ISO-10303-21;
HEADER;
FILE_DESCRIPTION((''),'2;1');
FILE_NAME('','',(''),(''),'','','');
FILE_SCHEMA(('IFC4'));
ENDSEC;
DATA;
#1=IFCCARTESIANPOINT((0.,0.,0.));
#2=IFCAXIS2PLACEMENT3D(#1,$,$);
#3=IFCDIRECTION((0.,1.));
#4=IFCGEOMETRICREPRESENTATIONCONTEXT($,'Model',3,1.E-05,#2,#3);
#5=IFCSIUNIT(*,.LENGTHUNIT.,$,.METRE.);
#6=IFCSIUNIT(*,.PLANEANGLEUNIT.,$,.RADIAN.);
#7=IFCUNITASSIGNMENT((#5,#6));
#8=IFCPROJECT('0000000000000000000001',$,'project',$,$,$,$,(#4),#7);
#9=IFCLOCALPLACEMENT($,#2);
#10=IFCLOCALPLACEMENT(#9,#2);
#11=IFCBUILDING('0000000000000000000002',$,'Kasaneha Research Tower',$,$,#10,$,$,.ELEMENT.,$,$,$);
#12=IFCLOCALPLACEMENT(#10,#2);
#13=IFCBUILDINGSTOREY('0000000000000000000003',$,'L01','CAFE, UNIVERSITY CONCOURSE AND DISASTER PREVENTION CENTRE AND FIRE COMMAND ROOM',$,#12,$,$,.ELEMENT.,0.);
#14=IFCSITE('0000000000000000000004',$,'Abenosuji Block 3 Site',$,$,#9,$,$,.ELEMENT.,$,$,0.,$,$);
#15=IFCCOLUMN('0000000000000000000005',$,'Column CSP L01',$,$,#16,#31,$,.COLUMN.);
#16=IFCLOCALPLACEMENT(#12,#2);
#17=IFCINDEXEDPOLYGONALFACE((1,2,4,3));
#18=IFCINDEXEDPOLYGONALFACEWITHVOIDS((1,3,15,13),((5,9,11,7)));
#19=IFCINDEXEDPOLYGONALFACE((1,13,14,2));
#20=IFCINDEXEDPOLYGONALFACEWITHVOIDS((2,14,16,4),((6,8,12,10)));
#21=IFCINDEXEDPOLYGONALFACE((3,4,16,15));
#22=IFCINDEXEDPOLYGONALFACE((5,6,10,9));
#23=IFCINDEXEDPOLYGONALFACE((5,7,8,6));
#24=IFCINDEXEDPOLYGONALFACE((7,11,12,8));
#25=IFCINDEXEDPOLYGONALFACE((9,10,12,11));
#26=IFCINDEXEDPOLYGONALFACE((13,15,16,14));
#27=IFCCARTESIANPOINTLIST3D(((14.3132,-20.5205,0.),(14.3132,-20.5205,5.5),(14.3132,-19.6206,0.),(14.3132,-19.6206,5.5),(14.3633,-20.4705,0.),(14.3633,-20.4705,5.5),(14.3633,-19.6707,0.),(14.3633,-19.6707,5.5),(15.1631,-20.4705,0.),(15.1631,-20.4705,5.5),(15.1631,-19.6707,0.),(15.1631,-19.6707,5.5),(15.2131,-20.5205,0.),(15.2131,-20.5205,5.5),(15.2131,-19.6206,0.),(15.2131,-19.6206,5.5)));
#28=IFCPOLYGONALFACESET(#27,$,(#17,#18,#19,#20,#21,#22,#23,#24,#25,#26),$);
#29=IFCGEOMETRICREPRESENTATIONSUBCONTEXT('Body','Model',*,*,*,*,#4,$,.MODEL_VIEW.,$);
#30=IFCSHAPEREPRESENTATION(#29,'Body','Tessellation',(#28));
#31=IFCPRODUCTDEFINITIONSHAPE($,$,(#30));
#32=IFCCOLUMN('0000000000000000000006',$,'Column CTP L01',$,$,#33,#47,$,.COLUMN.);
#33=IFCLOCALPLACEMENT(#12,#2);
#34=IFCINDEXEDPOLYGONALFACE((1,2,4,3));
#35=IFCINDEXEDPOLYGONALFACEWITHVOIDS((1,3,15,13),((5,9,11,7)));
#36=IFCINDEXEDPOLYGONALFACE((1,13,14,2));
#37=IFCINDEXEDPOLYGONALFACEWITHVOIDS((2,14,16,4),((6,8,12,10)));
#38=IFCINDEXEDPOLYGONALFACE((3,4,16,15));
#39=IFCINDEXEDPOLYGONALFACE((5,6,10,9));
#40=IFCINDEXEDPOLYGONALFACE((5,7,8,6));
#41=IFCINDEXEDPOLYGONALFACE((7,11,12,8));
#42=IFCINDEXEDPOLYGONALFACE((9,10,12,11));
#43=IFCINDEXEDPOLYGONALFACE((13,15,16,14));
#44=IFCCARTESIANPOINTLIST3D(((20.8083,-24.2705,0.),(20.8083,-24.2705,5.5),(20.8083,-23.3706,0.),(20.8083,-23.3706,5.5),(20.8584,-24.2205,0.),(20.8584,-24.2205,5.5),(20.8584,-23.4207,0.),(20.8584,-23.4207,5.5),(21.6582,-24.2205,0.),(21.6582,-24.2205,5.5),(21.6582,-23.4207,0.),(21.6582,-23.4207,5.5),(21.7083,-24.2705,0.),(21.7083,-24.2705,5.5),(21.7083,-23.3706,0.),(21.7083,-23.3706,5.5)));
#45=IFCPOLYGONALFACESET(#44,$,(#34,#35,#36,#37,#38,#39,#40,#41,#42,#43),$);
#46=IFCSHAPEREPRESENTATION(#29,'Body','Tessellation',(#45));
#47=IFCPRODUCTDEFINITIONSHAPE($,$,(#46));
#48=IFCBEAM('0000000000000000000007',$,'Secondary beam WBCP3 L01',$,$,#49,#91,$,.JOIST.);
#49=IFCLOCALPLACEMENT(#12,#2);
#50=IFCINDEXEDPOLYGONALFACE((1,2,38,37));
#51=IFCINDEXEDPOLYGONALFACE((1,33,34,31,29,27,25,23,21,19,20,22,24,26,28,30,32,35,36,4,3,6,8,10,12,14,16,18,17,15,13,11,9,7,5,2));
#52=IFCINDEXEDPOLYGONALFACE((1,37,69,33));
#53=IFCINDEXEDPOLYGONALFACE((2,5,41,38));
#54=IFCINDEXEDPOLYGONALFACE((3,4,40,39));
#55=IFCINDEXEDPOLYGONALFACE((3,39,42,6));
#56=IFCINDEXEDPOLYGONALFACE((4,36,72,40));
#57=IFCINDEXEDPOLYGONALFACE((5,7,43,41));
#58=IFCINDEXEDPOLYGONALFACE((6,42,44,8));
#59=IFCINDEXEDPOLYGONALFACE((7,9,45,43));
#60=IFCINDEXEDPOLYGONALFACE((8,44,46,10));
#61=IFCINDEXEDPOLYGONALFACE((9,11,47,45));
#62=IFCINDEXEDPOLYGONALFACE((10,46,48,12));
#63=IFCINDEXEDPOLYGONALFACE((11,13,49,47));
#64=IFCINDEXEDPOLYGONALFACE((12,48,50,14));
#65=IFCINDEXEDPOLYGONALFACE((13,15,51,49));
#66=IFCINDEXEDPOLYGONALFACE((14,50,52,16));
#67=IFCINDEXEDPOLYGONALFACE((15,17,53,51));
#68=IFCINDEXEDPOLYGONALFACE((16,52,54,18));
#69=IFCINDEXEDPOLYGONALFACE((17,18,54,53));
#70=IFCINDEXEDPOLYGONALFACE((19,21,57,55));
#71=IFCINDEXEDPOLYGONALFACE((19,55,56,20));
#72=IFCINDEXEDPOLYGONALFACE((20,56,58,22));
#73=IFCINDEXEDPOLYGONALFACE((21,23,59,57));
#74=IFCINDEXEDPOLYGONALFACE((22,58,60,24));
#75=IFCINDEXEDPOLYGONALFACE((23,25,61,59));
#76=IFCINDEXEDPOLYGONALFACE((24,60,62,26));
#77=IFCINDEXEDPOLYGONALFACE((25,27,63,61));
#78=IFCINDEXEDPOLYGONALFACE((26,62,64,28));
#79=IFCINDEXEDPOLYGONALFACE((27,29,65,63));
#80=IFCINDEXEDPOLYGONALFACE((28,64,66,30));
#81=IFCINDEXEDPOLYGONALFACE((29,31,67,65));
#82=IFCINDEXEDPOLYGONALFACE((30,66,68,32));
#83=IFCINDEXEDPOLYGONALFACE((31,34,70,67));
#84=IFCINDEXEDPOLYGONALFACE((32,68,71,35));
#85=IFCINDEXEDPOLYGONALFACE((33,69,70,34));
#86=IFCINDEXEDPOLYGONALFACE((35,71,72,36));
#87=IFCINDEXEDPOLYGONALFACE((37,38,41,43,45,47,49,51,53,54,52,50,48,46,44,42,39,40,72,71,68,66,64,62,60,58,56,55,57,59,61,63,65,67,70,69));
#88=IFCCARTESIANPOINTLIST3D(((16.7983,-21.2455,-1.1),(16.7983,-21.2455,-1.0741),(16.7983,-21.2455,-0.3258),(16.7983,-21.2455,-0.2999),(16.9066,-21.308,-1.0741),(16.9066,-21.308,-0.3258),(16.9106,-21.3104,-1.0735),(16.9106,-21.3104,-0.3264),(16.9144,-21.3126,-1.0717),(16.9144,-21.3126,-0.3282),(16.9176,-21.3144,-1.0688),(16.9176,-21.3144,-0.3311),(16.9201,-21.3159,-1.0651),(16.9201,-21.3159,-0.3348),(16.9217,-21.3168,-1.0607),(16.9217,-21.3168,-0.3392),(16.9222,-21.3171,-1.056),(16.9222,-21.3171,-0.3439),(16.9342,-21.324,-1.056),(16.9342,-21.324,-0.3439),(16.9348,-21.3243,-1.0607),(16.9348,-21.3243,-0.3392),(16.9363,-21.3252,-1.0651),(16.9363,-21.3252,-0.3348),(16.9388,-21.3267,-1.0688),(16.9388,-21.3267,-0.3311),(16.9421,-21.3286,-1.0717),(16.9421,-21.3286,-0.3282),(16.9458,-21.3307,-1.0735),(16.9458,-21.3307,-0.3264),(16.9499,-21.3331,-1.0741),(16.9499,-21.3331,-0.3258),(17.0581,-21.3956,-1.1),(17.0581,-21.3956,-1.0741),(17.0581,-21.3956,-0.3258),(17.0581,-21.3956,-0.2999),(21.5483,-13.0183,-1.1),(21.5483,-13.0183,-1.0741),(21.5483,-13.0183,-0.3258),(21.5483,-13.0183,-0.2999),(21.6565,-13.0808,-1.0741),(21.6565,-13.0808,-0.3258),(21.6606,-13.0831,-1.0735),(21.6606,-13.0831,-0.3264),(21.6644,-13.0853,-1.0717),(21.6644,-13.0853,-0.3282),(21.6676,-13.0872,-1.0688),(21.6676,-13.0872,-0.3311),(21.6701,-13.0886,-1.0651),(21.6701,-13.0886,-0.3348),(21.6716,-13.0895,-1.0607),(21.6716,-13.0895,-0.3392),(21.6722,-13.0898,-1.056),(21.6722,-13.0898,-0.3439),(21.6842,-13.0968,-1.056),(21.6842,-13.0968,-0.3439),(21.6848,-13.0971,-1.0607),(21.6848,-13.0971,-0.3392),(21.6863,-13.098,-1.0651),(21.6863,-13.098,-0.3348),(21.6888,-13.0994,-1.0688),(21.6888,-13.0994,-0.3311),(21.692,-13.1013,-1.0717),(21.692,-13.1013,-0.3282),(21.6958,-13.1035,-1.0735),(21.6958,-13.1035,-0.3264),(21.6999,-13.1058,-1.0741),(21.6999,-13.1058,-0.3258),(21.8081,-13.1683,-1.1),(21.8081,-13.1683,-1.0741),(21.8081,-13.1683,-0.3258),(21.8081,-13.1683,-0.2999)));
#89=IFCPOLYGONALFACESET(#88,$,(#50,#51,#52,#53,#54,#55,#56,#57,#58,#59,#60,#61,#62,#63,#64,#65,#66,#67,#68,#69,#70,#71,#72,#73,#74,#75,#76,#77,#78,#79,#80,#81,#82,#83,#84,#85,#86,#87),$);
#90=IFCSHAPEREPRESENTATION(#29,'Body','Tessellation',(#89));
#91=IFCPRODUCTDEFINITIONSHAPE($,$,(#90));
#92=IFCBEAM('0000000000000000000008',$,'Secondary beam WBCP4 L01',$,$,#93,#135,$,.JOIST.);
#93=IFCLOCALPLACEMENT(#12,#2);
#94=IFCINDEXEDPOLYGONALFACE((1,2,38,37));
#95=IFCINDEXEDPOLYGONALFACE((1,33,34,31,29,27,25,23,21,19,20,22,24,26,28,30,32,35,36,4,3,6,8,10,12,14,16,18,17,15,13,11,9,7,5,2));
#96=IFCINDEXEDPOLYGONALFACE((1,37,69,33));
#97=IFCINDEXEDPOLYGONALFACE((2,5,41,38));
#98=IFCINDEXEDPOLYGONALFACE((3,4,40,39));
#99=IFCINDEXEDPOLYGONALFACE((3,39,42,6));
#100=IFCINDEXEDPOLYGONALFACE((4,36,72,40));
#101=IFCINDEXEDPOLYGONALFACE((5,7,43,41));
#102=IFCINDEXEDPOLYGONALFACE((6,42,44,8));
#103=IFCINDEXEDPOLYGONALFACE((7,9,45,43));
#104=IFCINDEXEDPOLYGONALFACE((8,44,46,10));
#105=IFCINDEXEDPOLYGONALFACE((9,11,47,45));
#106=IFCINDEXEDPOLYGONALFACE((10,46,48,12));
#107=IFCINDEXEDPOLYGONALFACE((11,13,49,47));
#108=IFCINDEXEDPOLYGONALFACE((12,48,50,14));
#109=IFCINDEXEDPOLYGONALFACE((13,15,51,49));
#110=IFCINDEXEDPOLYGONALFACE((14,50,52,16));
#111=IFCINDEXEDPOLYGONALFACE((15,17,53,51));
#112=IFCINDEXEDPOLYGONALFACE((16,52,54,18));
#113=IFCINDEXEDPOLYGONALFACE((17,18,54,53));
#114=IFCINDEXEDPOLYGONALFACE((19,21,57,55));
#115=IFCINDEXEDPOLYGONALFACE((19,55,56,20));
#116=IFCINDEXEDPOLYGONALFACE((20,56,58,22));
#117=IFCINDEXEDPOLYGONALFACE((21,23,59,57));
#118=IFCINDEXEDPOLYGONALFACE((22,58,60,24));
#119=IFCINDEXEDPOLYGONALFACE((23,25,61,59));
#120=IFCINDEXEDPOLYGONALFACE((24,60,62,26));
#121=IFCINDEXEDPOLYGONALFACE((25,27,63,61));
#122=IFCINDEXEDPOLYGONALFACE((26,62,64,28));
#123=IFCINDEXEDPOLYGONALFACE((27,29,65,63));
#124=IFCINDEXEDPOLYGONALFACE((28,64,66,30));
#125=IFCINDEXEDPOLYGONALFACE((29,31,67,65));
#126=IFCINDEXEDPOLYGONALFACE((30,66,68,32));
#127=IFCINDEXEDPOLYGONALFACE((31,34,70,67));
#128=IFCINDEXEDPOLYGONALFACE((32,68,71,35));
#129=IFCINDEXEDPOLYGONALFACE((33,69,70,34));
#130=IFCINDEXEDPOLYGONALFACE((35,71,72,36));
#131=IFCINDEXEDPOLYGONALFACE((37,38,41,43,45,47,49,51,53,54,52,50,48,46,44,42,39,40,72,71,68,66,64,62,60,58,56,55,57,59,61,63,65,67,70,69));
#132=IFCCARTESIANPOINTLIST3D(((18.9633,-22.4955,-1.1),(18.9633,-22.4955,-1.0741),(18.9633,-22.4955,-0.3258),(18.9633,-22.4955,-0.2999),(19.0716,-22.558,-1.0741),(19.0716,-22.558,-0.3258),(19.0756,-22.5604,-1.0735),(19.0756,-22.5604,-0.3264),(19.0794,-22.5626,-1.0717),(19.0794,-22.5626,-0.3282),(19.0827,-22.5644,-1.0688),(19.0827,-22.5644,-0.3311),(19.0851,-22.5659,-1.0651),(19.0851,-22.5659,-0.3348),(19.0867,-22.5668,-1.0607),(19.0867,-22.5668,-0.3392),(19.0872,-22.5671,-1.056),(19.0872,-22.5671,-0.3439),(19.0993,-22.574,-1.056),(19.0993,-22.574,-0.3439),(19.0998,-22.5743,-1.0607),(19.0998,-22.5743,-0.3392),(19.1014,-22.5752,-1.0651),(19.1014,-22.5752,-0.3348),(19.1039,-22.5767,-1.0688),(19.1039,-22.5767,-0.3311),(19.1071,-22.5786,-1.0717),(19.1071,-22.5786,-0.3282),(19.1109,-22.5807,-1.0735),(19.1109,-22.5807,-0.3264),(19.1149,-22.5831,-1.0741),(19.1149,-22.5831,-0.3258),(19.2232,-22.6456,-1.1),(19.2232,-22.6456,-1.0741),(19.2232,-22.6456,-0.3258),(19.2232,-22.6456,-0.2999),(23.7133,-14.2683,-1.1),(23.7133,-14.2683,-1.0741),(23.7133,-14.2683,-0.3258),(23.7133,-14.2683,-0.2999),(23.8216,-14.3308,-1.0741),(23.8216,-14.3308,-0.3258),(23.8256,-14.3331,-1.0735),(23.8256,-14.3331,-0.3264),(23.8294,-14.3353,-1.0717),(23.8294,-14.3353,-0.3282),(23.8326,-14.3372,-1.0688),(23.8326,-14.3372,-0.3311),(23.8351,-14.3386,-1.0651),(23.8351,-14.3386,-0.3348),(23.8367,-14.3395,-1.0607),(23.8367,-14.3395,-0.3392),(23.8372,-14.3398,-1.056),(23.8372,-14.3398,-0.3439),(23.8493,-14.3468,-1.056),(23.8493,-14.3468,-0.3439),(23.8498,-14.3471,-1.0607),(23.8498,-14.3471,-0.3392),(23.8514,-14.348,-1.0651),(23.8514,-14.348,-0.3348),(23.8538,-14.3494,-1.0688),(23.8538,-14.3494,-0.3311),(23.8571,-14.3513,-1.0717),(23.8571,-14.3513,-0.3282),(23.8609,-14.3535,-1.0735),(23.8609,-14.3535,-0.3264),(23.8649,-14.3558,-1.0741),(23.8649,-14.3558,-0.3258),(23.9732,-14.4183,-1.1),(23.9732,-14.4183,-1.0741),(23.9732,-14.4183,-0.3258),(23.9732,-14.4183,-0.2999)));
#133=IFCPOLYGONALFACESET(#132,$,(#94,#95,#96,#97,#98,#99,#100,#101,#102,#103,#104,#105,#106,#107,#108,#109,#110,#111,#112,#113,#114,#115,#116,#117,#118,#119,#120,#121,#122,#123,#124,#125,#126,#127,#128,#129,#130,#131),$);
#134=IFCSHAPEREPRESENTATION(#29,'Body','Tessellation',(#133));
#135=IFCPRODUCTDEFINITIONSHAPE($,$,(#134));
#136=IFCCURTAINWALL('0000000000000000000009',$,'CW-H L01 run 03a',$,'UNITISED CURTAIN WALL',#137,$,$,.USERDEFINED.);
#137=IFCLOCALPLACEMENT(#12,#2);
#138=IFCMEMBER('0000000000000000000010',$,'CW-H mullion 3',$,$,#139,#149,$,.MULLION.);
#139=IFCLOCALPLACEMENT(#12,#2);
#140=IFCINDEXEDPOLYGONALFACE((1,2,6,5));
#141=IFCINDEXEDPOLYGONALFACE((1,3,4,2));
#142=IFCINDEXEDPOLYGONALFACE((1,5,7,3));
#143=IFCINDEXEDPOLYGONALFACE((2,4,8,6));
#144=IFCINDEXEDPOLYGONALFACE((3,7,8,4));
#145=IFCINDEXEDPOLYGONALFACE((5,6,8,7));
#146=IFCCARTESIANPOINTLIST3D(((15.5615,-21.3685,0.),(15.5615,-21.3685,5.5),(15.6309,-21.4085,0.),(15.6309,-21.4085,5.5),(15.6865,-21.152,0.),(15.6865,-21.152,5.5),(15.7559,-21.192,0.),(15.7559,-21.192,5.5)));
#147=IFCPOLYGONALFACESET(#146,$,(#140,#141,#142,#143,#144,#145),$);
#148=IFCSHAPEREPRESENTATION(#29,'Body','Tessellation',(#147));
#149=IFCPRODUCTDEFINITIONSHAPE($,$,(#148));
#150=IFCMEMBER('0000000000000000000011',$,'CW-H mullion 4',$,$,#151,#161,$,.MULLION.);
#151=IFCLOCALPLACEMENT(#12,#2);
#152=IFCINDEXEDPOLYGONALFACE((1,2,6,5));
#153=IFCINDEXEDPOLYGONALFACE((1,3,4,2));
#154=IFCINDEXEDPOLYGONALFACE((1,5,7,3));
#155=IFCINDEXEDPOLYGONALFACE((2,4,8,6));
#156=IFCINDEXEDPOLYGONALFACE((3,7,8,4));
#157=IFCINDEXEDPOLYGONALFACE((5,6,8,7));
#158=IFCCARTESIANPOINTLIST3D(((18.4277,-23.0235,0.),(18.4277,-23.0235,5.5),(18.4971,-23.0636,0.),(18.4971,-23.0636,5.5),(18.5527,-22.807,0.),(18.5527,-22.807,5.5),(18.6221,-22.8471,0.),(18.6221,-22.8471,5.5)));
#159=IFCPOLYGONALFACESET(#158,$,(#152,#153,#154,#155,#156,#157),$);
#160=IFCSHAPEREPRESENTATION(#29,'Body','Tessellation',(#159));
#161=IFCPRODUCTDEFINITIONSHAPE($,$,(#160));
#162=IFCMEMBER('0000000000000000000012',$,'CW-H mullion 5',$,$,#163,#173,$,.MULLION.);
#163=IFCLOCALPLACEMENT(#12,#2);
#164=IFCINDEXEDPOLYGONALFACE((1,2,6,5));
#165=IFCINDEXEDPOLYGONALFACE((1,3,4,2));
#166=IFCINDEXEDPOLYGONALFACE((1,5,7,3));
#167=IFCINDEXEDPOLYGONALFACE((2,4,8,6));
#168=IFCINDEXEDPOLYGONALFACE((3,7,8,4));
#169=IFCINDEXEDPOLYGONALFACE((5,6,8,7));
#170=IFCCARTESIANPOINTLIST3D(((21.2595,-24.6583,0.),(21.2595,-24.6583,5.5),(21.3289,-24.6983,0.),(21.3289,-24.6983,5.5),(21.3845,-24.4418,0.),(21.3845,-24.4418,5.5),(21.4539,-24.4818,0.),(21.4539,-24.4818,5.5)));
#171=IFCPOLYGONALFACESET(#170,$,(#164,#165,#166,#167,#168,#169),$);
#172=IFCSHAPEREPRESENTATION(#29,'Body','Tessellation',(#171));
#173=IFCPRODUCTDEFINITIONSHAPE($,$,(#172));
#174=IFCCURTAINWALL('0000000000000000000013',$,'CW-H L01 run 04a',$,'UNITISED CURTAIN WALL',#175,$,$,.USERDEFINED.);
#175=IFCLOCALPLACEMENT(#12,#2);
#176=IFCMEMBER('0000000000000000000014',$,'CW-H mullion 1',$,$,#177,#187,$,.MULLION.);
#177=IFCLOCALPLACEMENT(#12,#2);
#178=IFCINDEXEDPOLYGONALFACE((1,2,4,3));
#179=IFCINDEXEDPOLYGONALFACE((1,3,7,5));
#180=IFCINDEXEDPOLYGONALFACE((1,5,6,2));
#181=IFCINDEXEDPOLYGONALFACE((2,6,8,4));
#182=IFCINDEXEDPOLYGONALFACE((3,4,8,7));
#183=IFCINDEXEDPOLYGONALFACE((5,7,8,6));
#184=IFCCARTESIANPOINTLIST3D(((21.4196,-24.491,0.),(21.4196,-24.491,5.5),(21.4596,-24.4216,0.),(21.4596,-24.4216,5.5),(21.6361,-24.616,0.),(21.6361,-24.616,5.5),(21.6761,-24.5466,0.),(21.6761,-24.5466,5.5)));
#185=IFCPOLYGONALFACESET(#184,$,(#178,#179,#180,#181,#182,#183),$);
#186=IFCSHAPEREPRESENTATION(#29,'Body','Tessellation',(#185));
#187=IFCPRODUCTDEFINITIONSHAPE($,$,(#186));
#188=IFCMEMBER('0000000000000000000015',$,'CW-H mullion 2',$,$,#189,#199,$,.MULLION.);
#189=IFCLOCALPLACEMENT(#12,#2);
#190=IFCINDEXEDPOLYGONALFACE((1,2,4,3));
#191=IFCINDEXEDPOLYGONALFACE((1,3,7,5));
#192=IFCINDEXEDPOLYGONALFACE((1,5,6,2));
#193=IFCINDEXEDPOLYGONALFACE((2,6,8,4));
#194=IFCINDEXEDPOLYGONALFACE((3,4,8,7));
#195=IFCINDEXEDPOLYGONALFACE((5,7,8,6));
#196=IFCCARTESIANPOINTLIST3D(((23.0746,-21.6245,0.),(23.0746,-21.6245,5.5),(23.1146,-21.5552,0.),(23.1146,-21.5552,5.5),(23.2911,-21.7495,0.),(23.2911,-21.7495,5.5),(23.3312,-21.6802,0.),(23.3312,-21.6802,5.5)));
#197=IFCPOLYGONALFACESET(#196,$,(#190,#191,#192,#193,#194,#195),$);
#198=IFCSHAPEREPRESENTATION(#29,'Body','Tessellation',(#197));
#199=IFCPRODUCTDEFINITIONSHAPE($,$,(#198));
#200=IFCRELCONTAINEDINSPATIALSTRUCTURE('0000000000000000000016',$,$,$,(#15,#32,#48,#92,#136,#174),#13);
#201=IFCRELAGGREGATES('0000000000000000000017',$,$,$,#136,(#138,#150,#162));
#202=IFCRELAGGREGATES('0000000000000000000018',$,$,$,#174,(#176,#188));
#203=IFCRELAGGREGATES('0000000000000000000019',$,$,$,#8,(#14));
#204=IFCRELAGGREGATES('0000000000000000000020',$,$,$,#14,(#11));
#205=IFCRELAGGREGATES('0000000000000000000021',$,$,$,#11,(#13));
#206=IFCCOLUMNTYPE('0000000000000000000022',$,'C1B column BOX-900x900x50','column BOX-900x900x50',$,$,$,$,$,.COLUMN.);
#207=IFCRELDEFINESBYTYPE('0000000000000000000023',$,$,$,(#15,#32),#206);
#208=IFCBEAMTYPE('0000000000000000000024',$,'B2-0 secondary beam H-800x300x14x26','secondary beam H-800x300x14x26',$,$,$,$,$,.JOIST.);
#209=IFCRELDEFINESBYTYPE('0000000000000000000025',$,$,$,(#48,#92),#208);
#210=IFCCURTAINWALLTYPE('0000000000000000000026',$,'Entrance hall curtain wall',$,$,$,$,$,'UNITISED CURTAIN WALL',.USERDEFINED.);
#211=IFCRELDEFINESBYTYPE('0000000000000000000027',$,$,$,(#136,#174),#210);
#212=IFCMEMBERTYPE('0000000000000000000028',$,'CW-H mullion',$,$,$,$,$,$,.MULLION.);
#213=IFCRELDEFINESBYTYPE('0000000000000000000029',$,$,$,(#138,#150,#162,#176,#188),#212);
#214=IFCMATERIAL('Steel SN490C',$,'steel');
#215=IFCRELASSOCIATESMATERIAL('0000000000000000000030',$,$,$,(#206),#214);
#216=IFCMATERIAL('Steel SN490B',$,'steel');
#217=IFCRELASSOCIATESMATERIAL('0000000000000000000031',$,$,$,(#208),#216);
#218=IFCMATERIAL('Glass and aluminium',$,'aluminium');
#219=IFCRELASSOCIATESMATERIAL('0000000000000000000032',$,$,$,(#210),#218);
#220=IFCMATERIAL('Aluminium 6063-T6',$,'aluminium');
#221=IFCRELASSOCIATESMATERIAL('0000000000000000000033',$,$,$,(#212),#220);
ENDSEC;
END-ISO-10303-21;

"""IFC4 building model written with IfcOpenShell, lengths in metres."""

from ifc_helpers import new_model, si_unit, direction, frame, origin, origin_2d, place, context, subcontext, project, spatial, rectangle, hollow_rectangle, i_section, extrude, material, material_profile, profile_set, type_object, element, aggregate, save


model = new_model("IFC4")

# Units and contexts
model_context = context("Model", 3, precision=1e-05, world=origin(), true_north=direction((0.0, 1.0)))
body_context = subcontext(model_context, "Body", "Model", "MODEL_VIEW")
ifc_project = project(units=[si_unit("LENGTHUNIT", "METRE"), si_unit("PLANEANGLEUNIT", "RADIAN")], contexts=[model_context])

# Site, building, storey
site_placement = place(None, origin())
site = spatial("IfcSite", under=ifc_project, at=site_placement, Name="Abenosuji Block 3 Site", CompositionType="ELEMENT", RefElevation=0.0)
building_placement = place(site_placement, origin())
building = spatial("IfcBuilding", under=site, at=building_placement, Name="Kasaneha Research Tower", CompositionType="ELEMENT")
storey_placement = place(building_placement, origin())
storey = spatial("IfcBuildingStorey", under=building, at=storey_placement, Name="L01", Description="CAFE, UNIVERSITY CONCOURSE AND DISASTER PREVENTION CENTRE AND FIRE COMMAND ROOM", CompositionType="ELEMENT", Elevation=0.0)

# Columns
ifc_material_1 = material(Name="Steel SN490C", Category="steel")
ifc_material_profile_1 = material_profile(ifc_material_1, hollow_rectangle(XDim=0.8999, YDim=0.8999, WallThickness=0.05, at=origin_2d()), Name="BOX-900x900x50")
ifc_profile_set_1 = profile_set([ifc_material_profile_1], Name="Steel SN490C")
column_type = type_object("IfcColumnType", Name="C1B column BOX-900x900x50", Description="column BOX-900x900x50", PredefinedType="COLUMN", material=ifc_profile_set_1)
for number, where, z_axis, x_axis, name in (
    (1, (14.7632, -20.0706, 0.0), (0.0, 0.0, 1.0), (1.0, 0.0, 0.0), "Column CSP L01"),
    (2, (21.2583, -23.8206, 0.0), (0.0, 0.0, 1.0), (1.0, 0.0, 0.0), "Column CTP L01"),
):
    element("IfcColumn", number, at=place(storey_placement, frame(where, z_axis=z_axis, x_axis=x_axis)), inside=storey, type_object=column_type, Name=name, PredefinedType="COLUMN", context=body_context, shape_type="SweptSolid", body=[
        extrude(hollow_rectangle(XDim=0.8999, YDim=0.8999, WallThickness=0.05, at=origin_2d()), origin(), (0.0, 0.0, 1.0), 5.5),
    ])

# Beams
ifc_material_2 = material(Name="Steel SN490B", Category="steel")
ifc_material_profile_2 = material_profile(ifc_material_2, i_section(OverallWidth=0.3, OverallDepth=0.8, WebThickness=0.0139, FlangeThickness=0.0259, FilletRadius=0.0181, at=origin_2d()), Name="H-800x300x14x26")
ifc_profile_set_2 = profile_set([ifc_material_profile_2], Name="Steel SN490B")
beam_type_1 = type_object("IfcBeamType", Name="B2-0 secondary beam H-800x300x14x26", Description="secondary beam H-800x300x14x26", PredefinedType="JOIST", material=ifc_profile_set_2)
for number, where, z_axis, x_axis, name in (
    (3, (16.9282, -21.3206, -0.7), (0.499998, 0.866027, 0.0), (-0.866027, 0.499998, 0.0), "Secondary beam WBCP3 L01"),
    (4, (19.0933, -22.5706, -0.7), (0.499998, 0.866027, 0.0), (-0.866027, 0.499998, 0.0), "Secondary beam WBCP4 L01"),
):
    element("IfcBeam", number, at=place(storey_placement, frame(where, z_axis=z_axis, x_axis=x_axis)), inside=storey, type_object=beam_type_1, Name=name, PredefinedType="JOIST", context=body_context, shape_type="SweptSolid", body=[
        extrude(i_section(OverallWidth=0.3, OverallDepth=0.8, WebThickness=0.0139, FlangeThickness=0.0259, FilletRadius=0.0181, at=origin_2d()), origin(), (0.0, 0.0, 1.0), 9.5),
    ])

# Curtain walls, members
ifc_material_3 = material(Name="Glass and aluminium", Category="aluminium")
curtain_wall_type = type_object("IfcCurtainWallType", Name="Entrance hall curtain wall", ElementType="UNITISED CURTAIN WALL", PredefinedType="USERDEFINED", material=ifc_material_3)
curtain_wall_1_placement = place(storey_placement, origin())
curtain_wall_1 = element("IfcCurtainWall", 5, at=curtain_wall_1_placement, inside=storey, type_object=curtain_wall_type, Name="CW-H L01 run 03a", ObjectType="UNITISED CURTAIN WALL", PredefinedType="USERDEFINED")
ifc_material_4 = material(Name="Aluminium 6063-T6", Category="aluminium")
ifc_material_profile_3 = material_profile(ifc_material_4, rectangle(XDim=0.0801, YDim=0.25, at=origin_2d()), Name="CW-H mullion 80x250")
ifc_profile_set_3 = profile_set([ifc_material_profile_3], Name="Aluminium 6063-T6")
member_type_1 = type_object("IfcMemberType", Name="CW-H mullion", PredefinedType="MULLION", material=ifc_profile_set_3)
member_1_placement = place(storey_placement, frame((15.6587, -21.2803, 0.0), z_axis=(0.0, 0.0, 1.0), x_axis=(0.866025, -0.5, 0.0)))
member_1 = element("IfcMember", 6, at=member_1_placement, type_object=member_type_1, Name="CW-H mullion 3", PredefinedType="MULLION", context=body_context, shape_type="SweptSolid", body=[
    extrude(rectangle(XDim=0.0801, YDim=0.25, at=origin_2d()), origin(), (0.0, 0.0, 1.0), 5.5),
])
member_2_placement = place(storey_placement, frame((18.5249, -22.9353, 0.0), z_axis=(0.0, 0.0, 1.0), x_axis=(0.866025, -0.5, 0.0)))
member_2 = element("IfcMember", 7, at=member_2_placement, type_object=member_type_1, Name="CW-H mullion 4", PredefinedType="MULLION", context=body_context, shape_type="SweptSolid", body=[
    extrude(rectangle(XDim=0.0801, YDim=0.25, at=origin_2d()), origin(), (0.0, 0.0, 1.0), 5.5),
])
member_3_placement = place(storey_placement, frame((21.3567, -24.5701, 0.0), z_axis=(0.0, 0.0, 1.0), x_axis=(0.866025, -0.5, 0.0)))
member_3 = element("IfcMember", 8, at=member_3_placement, type_object=member_type_1, Name="CW-H mullion 5", PredefinedType="MULLION", context=body_context, shape_type="SweptSolid", body=[
    extrude(rectangle(XDim=0.0801, YDim=0.25, at=origin_2d()), origin(), (0.0, 0.0, 1.0), 5.5),
])
curtain_wall_2_placement = place(storey_placement, origin())
curtain_wall_2 = element("IfcCurtainWall", 9, at=curtain_wall_2_placement, inside=storey, type_object=curtain_wall_type, Name="CW-H L01 run 04a", ObjectType="UNITISED CURTAIN WALL", PredefinedType="USERDEFINED")
member_4_placement = place(storey_placement, frame((21.5479, -24.5188, 0.0), z_axis=(0.0, 0.0, 1.0), x_axis=(0.5, 0.866025, 0.0)))
member_4 = element("IfcMember", 10, at=member_4_placement, type_object=member_type_1, Name="CW-H mullion 1", PredefinedType="MULLION", context=body_context, shape_type="SweptSolid", body=[
    extrude(rectangle(XDim=0.0801, YDim=0.25, at=origin_2d()), origin(), (0.0, 0.0, 1.0), 5.5),
])
member_5_placement = place(storey_placement, frame((23.2029, -21.6523, 0.0), z_axis=(0.0, 0.0, 1.0), x_axis=(0.5, 0.866025, 0.0)))
member_5 = element("IfcMember", 11, at=member_5_placement, type_object=member_type_1, Name="CW-H mullion 2", PredefinedType="MULLION", context=body_context, shape_type="SweptSolid", body=[
    extrude(rectangle(XDim=0.0801, YDim=0.25, at=origin_2d()), origin(), (0.0, 0.0, 1.0), 5.5),
])

aggregate(curtain_wall_1, [member_1, member_2, member_3])
aggregate(curtain_wall_2, [member_4, member_5])

save(model, "model.ifc")
